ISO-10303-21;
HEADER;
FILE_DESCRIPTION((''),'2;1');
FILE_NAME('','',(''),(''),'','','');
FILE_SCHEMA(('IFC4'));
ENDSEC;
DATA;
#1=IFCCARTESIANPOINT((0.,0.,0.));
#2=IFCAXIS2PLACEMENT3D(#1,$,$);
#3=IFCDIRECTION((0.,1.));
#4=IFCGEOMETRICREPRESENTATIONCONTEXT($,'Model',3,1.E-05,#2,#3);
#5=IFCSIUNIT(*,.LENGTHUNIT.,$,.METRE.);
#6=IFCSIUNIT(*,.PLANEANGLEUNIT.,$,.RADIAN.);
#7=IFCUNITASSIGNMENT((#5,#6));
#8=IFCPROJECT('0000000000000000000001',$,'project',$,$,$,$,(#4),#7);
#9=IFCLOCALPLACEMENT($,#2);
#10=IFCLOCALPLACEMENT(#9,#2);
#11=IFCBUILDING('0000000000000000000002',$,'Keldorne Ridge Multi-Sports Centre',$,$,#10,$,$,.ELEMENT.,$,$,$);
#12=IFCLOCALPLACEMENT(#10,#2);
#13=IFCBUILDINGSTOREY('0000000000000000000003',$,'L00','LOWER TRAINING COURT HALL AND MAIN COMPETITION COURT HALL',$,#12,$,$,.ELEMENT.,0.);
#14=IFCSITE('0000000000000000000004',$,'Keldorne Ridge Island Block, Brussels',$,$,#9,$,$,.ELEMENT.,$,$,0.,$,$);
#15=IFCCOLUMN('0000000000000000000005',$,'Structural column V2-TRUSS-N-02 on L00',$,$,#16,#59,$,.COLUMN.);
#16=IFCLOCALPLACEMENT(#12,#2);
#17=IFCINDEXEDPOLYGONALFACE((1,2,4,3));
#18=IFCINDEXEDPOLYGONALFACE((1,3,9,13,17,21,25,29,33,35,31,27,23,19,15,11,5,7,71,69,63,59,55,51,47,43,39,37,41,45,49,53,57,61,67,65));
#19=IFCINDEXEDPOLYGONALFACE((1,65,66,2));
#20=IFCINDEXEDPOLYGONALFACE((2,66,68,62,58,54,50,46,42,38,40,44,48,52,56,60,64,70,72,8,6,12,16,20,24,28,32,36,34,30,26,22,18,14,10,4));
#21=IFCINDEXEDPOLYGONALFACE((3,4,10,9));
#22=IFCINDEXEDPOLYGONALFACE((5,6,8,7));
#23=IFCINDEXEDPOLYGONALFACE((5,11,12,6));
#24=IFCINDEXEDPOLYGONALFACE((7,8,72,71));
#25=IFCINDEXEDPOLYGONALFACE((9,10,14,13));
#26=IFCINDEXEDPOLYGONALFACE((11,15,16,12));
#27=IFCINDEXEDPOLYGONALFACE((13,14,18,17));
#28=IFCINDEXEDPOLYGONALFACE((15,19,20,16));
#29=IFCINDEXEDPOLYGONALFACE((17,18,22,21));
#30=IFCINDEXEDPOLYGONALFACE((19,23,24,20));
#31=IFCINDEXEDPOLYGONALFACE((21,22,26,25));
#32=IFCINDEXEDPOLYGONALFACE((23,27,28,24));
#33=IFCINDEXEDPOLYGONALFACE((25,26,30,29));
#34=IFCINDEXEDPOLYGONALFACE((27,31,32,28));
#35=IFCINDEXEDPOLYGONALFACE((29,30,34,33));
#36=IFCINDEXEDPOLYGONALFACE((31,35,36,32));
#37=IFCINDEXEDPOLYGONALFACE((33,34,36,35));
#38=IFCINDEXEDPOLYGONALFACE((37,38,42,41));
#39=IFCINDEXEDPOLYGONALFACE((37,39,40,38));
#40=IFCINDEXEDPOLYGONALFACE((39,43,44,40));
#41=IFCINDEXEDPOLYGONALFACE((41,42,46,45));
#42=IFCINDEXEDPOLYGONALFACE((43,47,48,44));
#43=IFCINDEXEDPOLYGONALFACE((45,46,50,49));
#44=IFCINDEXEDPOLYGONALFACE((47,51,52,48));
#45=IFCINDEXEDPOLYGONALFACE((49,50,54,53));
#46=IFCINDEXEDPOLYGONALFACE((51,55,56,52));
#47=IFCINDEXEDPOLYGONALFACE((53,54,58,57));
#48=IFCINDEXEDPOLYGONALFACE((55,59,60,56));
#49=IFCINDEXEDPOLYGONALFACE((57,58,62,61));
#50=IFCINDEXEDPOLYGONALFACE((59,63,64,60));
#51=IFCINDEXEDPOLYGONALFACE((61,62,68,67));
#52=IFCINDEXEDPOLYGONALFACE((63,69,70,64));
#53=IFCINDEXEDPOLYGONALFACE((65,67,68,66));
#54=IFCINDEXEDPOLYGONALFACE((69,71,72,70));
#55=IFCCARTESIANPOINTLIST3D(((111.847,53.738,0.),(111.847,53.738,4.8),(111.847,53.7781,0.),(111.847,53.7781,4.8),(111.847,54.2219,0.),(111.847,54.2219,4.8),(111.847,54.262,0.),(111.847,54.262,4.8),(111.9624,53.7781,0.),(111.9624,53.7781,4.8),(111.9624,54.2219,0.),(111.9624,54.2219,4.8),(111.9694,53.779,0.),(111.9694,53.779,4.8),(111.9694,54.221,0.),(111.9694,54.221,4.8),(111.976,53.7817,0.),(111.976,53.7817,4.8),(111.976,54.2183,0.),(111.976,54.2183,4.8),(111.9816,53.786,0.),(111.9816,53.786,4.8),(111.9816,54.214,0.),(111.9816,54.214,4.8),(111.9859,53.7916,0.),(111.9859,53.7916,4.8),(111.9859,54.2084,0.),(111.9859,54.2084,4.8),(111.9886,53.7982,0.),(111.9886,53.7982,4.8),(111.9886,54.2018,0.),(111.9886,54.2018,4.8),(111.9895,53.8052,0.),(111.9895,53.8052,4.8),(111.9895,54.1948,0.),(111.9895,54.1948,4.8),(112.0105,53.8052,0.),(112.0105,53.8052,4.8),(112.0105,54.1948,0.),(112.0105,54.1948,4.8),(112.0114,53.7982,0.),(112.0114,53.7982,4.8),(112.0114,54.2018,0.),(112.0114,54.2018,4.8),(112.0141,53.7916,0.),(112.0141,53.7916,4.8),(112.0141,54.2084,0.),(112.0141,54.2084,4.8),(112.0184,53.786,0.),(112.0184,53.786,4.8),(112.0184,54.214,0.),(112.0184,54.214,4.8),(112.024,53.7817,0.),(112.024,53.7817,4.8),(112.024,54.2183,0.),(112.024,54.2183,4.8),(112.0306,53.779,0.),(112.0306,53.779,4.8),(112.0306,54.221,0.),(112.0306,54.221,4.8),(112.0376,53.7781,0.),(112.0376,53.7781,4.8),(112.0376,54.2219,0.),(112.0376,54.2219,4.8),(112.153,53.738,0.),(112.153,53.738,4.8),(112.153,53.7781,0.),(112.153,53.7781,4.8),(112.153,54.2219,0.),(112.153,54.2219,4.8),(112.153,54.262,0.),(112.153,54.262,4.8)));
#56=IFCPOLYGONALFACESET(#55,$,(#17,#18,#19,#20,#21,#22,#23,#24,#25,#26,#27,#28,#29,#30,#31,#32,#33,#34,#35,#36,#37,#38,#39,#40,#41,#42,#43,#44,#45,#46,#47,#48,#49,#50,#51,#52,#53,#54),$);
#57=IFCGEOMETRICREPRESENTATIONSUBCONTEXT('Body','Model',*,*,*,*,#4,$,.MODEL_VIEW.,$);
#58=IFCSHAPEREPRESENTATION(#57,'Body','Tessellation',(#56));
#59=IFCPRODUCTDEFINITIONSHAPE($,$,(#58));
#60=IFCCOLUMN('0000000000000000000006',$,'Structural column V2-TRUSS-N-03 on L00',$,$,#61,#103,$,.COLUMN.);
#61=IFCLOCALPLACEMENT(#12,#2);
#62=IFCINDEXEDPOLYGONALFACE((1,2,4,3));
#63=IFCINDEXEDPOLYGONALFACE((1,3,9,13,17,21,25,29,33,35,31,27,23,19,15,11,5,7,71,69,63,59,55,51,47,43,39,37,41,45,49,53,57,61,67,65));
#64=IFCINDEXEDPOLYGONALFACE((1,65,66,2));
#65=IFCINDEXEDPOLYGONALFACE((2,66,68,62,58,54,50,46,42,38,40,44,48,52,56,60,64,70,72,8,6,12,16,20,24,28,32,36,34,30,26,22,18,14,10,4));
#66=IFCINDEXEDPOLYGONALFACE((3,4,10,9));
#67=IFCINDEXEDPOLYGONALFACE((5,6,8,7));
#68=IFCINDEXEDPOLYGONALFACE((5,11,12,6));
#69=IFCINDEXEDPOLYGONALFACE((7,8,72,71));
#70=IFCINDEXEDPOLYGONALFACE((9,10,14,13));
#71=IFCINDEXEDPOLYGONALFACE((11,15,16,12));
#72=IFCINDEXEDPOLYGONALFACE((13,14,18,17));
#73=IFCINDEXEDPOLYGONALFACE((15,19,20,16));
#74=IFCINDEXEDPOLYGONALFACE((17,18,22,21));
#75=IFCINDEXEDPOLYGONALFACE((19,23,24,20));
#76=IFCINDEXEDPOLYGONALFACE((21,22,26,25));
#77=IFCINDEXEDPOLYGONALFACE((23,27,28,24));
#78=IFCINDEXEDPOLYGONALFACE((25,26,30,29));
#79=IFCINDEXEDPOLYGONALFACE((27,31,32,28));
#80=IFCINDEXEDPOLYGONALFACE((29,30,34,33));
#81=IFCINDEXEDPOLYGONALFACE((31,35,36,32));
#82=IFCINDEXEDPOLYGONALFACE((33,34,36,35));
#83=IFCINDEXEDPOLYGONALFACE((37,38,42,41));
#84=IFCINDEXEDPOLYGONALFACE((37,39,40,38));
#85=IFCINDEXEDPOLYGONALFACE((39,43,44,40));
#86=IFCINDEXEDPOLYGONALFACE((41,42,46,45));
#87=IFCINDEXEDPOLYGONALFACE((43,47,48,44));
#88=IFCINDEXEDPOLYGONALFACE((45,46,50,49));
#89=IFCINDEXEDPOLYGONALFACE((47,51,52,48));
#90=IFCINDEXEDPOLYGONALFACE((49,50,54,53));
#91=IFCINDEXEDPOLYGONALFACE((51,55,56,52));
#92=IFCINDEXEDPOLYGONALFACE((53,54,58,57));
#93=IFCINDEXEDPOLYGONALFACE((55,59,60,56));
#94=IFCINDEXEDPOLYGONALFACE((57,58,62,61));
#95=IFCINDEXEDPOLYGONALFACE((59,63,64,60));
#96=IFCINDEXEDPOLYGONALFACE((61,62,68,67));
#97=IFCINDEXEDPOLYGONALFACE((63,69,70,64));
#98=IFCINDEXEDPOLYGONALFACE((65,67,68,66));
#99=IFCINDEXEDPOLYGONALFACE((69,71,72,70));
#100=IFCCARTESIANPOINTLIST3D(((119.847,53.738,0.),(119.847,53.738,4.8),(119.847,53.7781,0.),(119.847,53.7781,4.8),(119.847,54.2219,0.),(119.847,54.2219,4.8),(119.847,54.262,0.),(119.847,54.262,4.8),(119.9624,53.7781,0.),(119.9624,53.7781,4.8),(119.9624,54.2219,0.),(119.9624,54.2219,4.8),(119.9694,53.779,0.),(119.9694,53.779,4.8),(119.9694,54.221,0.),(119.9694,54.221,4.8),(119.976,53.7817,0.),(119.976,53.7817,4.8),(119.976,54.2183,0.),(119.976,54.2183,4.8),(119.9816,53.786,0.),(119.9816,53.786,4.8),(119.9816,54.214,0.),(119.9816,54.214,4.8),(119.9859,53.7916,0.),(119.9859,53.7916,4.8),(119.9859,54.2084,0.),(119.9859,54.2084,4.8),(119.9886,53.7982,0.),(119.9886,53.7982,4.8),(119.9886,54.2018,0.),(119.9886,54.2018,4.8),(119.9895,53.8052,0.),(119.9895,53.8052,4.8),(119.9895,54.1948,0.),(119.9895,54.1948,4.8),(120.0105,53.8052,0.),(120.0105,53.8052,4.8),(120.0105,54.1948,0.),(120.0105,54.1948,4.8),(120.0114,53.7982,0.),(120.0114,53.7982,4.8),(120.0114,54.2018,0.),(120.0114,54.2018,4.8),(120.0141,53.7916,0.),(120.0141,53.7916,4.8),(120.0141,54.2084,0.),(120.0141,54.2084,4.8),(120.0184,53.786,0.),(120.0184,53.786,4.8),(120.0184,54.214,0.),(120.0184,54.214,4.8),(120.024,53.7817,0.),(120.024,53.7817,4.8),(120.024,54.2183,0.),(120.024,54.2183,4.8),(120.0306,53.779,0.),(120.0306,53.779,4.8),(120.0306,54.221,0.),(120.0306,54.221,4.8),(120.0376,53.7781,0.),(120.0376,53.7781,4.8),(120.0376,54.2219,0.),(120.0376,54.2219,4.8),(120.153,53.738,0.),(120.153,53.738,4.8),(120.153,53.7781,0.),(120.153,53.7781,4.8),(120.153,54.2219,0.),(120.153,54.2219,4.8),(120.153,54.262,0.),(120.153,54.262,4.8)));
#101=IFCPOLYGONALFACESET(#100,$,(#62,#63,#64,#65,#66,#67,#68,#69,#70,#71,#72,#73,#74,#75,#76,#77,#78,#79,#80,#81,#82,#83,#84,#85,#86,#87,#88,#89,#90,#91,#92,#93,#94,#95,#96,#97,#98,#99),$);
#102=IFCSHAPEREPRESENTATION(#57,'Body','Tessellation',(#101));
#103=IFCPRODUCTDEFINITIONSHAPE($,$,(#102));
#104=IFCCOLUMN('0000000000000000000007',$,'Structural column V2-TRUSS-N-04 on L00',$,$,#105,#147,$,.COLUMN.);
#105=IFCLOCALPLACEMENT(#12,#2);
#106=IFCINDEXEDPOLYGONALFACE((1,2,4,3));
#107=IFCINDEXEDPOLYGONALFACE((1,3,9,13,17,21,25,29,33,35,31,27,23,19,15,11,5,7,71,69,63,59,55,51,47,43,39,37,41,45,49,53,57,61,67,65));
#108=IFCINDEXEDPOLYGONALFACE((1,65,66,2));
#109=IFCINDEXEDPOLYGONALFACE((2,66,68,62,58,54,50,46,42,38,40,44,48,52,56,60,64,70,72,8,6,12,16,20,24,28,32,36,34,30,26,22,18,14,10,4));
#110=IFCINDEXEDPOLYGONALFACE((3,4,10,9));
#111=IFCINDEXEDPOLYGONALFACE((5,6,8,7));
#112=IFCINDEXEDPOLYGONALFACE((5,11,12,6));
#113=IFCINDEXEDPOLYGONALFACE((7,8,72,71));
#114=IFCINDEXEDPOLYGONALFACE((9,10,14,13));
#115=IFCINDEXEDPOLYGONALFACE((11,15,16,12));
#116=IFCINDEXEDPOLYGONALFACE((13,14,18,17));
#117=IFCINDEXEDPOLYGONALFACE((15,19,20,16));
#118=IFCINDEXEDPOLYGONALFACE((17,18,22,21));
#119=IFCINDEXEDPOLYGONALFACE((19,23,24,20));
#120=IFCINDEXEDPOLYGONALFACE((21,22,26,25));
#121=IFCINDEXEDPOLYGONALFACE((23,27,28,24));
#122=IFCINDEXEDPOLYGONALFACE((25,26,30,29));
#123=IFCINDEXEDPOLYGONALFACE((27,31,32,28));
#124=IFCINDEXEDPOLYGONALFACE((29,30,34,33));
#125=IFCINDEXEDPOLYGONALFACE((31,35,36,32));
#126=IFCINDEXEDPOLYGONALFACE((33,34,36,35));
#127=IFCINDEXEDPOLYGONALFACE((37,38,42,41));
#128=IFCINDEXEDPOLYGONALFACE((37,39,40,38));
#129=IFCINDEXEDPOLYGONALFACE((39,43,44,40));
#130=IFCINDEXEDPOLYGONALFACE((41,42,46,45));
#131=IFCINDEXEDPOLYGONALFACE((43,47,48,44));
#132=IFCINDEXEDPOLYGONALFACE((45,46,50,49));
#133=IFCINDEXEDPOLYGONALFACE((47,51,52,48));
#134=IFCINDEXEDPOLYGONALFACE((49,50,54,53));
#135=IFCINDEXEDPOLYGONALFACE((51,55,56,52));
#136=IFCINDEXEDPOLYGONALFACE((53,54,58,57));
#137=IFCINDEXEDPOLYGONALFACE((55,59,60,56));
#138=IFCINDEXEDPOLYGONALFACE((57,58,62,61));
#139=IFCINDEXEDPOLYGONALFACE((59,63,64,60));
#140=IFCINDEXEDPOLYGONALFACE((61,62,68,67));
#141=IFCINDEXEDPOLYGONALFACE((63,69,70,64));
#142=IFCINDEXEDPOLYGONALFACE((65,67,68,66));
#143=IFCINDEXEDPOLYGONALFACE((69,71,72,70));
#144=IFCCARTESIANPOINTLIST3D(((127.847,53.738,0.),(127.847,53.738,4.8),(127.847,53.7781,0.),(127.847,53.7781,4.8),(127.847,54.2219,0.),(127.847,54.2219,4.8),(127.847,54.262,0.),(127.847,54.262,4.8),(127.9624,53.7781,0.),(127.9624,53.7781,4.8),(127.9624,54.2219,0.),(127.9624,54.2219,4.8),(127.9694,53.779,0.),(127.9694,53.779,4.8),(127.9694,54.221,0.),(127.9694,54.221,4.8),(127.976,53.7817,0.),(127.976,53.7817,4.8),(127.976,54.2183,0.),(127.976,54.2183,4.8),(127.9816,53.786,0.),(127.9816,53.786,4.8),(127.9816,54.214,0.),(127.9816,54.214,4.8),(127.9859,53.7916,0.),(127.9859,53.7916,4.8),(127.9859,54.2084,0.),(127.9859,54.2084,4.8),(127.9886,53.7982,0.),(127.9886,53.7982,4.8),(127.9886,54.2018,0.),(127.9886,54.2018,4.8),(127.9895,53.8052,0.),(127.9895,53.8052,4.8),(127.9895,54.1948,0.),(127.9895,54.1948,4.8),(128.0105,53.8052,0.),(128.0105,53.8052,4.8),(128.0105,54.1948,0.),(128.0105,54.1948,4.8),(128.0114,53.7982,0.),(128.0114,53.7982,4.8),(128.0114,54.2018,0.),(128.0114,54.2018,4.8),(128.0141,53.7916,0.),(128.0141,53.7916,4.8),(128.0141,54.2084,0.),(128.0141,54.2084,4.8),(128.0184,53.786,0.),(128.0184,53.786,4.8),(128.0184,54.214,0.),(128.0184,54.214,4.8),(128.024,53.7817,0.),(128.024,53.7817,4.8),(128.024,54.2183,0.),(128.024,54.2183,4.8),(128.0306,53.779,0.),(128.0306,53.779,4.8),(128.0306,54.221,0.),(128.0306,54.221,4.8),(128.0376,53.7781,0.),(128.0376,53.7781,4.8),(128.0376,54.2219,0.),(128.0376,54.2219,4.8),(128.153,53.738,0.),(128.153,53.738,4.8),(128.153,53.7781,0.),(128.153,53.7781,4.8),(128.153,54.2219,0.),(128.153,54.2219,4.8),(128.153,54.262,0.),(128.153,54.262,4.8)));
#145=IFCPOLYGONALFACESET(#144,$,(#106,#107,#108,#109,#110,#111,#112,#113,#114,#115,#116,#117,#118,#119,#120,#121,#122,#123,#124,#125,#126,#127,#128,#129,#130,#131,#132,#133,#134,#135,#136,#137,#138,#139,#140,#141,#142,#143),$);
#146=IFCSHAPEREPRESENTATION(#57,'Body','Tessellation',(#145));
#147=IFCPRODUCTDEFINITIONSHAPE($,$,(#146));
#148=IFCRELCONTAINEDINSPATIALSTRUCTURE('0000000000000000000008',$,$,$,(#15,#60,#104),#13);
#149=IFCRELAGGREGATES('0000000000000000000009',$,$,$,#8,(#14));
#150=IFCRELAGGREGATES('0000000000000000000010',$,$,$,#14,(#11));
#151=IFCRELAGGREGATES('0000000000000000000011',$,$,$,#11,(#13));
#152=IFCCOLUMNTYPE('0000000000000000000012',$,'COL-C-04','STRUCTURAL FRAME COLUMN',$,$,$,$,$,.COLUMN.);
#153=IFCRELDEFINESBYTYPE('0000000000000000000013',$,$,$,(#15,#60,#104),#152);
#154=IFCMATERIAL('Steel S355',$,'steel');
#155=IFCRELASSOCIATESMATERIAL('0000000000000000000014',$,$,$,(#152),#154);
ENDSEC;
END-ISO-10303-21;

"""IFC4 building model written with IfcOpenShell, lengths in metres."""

from ifc_helpers import new_model, si_unit, direction, frame, origin, origin_2d, place, context, subcontext, project, spatial, i_section, extrude, material, material_profile, profile_set, type_object, element, save


model = new_model("IFC4")

# Units and contexts
model_context = context("Model", 3, precision=1e-05, world=origin(), true_north=direction((0.0, 1.0)))
body_context = subcontext(model_context, "Body", "Model", "MODEL_VIEW")
ifc_project = project(units=[si_unit("LENGTHUNIT", "METRE"), si_unit("PLANEANGLEUNIT", "RADIAN")], contexts=[model_context])

# Site, building, storey
site_placement = place(None, origin())
site = spatial("IfcSite", under=ifc_project, at=site_placement, Name="Keldorne Ridge Island Block, Brussels", CompositionType="ELEMENT", RefElevation=0.0)
building_placement = place(site_placement, origin())
building = spatial("IfcBuilding", under=site, at=building_placement, Name="Keldorne Ridge Multi-Sports Centre", CompositionType="ELEMENT")
storey_placement = place(building_placement, origin())
storey = spatial("IfcBuildingStorey", under=building, at=storey_placement, Name="L00", Description="LOWER TRAINING COURT HALL AND MAIN COMPETITION COURT HALL", CompositionType="ELEMENT", Elevation=0.0)

# Columns
ifc_material_1 = material(Name="Steel S355", Category="steel")
ifc_material_profile_1 = material_profile(ifc_material_1, i_section(OverallWidth=0.3059, OverallDepth=0.5239, WebThickness=0.021, FlangeThickness=0.04, FilletRadius=0.0271, at=origin_2d()), Name="HEM 500")
ifc_profile_set_1 = profile_set([ifc_material_profile_1], Name="Steel S355")
column_type = type_object("IfcColumnType", Name="COL-C-04", Description="STRUCTURAL FRAME COLUMN", PredefinedType="COLUMN", material=ifc_profile_set_1)
for number, where, z_axis, x_axis, name in (
    (1, (112.0, 54.0, 0.0), (0.0, 0.0, 1.0), (1.0, 0.0, 0.0), "Structural column V2-TRUSS-N-02 on L00"),
    (2, (120.0, 54.0, 0.0), (0.0, 0.0, 1.0), (1.0, 0.0, 0.0), "Structural column V2-TRUSS-N-03 on L00"),
    (3, (128.0, 54.0, 0.0), (0.0, 0.0, 1.0), (1.0, 0.0, 0.0), "Structural column V2-TRUSS-N-04 on L00"),
):
    element("IfcColumn", number, at=place(storey_placement, frame(where, z_axis=z_axis, x_axis=x_axis)), inside=storey, type_object=column_type, Name=name, PredefinedType="COLUMN", context=body_context, shape_type="SweptSolid", body=[
        extrude(i_section(OverallWidth=0.3059, OverallDepth=0.5239, WebThickness=0.021, FlangeThickness=0.04, FilletRadius=0.0271, at=origin_2d()), origin(), (0.0, 0.0, 1.0), 4.8),
    ])

save(model, "model.ifc")
